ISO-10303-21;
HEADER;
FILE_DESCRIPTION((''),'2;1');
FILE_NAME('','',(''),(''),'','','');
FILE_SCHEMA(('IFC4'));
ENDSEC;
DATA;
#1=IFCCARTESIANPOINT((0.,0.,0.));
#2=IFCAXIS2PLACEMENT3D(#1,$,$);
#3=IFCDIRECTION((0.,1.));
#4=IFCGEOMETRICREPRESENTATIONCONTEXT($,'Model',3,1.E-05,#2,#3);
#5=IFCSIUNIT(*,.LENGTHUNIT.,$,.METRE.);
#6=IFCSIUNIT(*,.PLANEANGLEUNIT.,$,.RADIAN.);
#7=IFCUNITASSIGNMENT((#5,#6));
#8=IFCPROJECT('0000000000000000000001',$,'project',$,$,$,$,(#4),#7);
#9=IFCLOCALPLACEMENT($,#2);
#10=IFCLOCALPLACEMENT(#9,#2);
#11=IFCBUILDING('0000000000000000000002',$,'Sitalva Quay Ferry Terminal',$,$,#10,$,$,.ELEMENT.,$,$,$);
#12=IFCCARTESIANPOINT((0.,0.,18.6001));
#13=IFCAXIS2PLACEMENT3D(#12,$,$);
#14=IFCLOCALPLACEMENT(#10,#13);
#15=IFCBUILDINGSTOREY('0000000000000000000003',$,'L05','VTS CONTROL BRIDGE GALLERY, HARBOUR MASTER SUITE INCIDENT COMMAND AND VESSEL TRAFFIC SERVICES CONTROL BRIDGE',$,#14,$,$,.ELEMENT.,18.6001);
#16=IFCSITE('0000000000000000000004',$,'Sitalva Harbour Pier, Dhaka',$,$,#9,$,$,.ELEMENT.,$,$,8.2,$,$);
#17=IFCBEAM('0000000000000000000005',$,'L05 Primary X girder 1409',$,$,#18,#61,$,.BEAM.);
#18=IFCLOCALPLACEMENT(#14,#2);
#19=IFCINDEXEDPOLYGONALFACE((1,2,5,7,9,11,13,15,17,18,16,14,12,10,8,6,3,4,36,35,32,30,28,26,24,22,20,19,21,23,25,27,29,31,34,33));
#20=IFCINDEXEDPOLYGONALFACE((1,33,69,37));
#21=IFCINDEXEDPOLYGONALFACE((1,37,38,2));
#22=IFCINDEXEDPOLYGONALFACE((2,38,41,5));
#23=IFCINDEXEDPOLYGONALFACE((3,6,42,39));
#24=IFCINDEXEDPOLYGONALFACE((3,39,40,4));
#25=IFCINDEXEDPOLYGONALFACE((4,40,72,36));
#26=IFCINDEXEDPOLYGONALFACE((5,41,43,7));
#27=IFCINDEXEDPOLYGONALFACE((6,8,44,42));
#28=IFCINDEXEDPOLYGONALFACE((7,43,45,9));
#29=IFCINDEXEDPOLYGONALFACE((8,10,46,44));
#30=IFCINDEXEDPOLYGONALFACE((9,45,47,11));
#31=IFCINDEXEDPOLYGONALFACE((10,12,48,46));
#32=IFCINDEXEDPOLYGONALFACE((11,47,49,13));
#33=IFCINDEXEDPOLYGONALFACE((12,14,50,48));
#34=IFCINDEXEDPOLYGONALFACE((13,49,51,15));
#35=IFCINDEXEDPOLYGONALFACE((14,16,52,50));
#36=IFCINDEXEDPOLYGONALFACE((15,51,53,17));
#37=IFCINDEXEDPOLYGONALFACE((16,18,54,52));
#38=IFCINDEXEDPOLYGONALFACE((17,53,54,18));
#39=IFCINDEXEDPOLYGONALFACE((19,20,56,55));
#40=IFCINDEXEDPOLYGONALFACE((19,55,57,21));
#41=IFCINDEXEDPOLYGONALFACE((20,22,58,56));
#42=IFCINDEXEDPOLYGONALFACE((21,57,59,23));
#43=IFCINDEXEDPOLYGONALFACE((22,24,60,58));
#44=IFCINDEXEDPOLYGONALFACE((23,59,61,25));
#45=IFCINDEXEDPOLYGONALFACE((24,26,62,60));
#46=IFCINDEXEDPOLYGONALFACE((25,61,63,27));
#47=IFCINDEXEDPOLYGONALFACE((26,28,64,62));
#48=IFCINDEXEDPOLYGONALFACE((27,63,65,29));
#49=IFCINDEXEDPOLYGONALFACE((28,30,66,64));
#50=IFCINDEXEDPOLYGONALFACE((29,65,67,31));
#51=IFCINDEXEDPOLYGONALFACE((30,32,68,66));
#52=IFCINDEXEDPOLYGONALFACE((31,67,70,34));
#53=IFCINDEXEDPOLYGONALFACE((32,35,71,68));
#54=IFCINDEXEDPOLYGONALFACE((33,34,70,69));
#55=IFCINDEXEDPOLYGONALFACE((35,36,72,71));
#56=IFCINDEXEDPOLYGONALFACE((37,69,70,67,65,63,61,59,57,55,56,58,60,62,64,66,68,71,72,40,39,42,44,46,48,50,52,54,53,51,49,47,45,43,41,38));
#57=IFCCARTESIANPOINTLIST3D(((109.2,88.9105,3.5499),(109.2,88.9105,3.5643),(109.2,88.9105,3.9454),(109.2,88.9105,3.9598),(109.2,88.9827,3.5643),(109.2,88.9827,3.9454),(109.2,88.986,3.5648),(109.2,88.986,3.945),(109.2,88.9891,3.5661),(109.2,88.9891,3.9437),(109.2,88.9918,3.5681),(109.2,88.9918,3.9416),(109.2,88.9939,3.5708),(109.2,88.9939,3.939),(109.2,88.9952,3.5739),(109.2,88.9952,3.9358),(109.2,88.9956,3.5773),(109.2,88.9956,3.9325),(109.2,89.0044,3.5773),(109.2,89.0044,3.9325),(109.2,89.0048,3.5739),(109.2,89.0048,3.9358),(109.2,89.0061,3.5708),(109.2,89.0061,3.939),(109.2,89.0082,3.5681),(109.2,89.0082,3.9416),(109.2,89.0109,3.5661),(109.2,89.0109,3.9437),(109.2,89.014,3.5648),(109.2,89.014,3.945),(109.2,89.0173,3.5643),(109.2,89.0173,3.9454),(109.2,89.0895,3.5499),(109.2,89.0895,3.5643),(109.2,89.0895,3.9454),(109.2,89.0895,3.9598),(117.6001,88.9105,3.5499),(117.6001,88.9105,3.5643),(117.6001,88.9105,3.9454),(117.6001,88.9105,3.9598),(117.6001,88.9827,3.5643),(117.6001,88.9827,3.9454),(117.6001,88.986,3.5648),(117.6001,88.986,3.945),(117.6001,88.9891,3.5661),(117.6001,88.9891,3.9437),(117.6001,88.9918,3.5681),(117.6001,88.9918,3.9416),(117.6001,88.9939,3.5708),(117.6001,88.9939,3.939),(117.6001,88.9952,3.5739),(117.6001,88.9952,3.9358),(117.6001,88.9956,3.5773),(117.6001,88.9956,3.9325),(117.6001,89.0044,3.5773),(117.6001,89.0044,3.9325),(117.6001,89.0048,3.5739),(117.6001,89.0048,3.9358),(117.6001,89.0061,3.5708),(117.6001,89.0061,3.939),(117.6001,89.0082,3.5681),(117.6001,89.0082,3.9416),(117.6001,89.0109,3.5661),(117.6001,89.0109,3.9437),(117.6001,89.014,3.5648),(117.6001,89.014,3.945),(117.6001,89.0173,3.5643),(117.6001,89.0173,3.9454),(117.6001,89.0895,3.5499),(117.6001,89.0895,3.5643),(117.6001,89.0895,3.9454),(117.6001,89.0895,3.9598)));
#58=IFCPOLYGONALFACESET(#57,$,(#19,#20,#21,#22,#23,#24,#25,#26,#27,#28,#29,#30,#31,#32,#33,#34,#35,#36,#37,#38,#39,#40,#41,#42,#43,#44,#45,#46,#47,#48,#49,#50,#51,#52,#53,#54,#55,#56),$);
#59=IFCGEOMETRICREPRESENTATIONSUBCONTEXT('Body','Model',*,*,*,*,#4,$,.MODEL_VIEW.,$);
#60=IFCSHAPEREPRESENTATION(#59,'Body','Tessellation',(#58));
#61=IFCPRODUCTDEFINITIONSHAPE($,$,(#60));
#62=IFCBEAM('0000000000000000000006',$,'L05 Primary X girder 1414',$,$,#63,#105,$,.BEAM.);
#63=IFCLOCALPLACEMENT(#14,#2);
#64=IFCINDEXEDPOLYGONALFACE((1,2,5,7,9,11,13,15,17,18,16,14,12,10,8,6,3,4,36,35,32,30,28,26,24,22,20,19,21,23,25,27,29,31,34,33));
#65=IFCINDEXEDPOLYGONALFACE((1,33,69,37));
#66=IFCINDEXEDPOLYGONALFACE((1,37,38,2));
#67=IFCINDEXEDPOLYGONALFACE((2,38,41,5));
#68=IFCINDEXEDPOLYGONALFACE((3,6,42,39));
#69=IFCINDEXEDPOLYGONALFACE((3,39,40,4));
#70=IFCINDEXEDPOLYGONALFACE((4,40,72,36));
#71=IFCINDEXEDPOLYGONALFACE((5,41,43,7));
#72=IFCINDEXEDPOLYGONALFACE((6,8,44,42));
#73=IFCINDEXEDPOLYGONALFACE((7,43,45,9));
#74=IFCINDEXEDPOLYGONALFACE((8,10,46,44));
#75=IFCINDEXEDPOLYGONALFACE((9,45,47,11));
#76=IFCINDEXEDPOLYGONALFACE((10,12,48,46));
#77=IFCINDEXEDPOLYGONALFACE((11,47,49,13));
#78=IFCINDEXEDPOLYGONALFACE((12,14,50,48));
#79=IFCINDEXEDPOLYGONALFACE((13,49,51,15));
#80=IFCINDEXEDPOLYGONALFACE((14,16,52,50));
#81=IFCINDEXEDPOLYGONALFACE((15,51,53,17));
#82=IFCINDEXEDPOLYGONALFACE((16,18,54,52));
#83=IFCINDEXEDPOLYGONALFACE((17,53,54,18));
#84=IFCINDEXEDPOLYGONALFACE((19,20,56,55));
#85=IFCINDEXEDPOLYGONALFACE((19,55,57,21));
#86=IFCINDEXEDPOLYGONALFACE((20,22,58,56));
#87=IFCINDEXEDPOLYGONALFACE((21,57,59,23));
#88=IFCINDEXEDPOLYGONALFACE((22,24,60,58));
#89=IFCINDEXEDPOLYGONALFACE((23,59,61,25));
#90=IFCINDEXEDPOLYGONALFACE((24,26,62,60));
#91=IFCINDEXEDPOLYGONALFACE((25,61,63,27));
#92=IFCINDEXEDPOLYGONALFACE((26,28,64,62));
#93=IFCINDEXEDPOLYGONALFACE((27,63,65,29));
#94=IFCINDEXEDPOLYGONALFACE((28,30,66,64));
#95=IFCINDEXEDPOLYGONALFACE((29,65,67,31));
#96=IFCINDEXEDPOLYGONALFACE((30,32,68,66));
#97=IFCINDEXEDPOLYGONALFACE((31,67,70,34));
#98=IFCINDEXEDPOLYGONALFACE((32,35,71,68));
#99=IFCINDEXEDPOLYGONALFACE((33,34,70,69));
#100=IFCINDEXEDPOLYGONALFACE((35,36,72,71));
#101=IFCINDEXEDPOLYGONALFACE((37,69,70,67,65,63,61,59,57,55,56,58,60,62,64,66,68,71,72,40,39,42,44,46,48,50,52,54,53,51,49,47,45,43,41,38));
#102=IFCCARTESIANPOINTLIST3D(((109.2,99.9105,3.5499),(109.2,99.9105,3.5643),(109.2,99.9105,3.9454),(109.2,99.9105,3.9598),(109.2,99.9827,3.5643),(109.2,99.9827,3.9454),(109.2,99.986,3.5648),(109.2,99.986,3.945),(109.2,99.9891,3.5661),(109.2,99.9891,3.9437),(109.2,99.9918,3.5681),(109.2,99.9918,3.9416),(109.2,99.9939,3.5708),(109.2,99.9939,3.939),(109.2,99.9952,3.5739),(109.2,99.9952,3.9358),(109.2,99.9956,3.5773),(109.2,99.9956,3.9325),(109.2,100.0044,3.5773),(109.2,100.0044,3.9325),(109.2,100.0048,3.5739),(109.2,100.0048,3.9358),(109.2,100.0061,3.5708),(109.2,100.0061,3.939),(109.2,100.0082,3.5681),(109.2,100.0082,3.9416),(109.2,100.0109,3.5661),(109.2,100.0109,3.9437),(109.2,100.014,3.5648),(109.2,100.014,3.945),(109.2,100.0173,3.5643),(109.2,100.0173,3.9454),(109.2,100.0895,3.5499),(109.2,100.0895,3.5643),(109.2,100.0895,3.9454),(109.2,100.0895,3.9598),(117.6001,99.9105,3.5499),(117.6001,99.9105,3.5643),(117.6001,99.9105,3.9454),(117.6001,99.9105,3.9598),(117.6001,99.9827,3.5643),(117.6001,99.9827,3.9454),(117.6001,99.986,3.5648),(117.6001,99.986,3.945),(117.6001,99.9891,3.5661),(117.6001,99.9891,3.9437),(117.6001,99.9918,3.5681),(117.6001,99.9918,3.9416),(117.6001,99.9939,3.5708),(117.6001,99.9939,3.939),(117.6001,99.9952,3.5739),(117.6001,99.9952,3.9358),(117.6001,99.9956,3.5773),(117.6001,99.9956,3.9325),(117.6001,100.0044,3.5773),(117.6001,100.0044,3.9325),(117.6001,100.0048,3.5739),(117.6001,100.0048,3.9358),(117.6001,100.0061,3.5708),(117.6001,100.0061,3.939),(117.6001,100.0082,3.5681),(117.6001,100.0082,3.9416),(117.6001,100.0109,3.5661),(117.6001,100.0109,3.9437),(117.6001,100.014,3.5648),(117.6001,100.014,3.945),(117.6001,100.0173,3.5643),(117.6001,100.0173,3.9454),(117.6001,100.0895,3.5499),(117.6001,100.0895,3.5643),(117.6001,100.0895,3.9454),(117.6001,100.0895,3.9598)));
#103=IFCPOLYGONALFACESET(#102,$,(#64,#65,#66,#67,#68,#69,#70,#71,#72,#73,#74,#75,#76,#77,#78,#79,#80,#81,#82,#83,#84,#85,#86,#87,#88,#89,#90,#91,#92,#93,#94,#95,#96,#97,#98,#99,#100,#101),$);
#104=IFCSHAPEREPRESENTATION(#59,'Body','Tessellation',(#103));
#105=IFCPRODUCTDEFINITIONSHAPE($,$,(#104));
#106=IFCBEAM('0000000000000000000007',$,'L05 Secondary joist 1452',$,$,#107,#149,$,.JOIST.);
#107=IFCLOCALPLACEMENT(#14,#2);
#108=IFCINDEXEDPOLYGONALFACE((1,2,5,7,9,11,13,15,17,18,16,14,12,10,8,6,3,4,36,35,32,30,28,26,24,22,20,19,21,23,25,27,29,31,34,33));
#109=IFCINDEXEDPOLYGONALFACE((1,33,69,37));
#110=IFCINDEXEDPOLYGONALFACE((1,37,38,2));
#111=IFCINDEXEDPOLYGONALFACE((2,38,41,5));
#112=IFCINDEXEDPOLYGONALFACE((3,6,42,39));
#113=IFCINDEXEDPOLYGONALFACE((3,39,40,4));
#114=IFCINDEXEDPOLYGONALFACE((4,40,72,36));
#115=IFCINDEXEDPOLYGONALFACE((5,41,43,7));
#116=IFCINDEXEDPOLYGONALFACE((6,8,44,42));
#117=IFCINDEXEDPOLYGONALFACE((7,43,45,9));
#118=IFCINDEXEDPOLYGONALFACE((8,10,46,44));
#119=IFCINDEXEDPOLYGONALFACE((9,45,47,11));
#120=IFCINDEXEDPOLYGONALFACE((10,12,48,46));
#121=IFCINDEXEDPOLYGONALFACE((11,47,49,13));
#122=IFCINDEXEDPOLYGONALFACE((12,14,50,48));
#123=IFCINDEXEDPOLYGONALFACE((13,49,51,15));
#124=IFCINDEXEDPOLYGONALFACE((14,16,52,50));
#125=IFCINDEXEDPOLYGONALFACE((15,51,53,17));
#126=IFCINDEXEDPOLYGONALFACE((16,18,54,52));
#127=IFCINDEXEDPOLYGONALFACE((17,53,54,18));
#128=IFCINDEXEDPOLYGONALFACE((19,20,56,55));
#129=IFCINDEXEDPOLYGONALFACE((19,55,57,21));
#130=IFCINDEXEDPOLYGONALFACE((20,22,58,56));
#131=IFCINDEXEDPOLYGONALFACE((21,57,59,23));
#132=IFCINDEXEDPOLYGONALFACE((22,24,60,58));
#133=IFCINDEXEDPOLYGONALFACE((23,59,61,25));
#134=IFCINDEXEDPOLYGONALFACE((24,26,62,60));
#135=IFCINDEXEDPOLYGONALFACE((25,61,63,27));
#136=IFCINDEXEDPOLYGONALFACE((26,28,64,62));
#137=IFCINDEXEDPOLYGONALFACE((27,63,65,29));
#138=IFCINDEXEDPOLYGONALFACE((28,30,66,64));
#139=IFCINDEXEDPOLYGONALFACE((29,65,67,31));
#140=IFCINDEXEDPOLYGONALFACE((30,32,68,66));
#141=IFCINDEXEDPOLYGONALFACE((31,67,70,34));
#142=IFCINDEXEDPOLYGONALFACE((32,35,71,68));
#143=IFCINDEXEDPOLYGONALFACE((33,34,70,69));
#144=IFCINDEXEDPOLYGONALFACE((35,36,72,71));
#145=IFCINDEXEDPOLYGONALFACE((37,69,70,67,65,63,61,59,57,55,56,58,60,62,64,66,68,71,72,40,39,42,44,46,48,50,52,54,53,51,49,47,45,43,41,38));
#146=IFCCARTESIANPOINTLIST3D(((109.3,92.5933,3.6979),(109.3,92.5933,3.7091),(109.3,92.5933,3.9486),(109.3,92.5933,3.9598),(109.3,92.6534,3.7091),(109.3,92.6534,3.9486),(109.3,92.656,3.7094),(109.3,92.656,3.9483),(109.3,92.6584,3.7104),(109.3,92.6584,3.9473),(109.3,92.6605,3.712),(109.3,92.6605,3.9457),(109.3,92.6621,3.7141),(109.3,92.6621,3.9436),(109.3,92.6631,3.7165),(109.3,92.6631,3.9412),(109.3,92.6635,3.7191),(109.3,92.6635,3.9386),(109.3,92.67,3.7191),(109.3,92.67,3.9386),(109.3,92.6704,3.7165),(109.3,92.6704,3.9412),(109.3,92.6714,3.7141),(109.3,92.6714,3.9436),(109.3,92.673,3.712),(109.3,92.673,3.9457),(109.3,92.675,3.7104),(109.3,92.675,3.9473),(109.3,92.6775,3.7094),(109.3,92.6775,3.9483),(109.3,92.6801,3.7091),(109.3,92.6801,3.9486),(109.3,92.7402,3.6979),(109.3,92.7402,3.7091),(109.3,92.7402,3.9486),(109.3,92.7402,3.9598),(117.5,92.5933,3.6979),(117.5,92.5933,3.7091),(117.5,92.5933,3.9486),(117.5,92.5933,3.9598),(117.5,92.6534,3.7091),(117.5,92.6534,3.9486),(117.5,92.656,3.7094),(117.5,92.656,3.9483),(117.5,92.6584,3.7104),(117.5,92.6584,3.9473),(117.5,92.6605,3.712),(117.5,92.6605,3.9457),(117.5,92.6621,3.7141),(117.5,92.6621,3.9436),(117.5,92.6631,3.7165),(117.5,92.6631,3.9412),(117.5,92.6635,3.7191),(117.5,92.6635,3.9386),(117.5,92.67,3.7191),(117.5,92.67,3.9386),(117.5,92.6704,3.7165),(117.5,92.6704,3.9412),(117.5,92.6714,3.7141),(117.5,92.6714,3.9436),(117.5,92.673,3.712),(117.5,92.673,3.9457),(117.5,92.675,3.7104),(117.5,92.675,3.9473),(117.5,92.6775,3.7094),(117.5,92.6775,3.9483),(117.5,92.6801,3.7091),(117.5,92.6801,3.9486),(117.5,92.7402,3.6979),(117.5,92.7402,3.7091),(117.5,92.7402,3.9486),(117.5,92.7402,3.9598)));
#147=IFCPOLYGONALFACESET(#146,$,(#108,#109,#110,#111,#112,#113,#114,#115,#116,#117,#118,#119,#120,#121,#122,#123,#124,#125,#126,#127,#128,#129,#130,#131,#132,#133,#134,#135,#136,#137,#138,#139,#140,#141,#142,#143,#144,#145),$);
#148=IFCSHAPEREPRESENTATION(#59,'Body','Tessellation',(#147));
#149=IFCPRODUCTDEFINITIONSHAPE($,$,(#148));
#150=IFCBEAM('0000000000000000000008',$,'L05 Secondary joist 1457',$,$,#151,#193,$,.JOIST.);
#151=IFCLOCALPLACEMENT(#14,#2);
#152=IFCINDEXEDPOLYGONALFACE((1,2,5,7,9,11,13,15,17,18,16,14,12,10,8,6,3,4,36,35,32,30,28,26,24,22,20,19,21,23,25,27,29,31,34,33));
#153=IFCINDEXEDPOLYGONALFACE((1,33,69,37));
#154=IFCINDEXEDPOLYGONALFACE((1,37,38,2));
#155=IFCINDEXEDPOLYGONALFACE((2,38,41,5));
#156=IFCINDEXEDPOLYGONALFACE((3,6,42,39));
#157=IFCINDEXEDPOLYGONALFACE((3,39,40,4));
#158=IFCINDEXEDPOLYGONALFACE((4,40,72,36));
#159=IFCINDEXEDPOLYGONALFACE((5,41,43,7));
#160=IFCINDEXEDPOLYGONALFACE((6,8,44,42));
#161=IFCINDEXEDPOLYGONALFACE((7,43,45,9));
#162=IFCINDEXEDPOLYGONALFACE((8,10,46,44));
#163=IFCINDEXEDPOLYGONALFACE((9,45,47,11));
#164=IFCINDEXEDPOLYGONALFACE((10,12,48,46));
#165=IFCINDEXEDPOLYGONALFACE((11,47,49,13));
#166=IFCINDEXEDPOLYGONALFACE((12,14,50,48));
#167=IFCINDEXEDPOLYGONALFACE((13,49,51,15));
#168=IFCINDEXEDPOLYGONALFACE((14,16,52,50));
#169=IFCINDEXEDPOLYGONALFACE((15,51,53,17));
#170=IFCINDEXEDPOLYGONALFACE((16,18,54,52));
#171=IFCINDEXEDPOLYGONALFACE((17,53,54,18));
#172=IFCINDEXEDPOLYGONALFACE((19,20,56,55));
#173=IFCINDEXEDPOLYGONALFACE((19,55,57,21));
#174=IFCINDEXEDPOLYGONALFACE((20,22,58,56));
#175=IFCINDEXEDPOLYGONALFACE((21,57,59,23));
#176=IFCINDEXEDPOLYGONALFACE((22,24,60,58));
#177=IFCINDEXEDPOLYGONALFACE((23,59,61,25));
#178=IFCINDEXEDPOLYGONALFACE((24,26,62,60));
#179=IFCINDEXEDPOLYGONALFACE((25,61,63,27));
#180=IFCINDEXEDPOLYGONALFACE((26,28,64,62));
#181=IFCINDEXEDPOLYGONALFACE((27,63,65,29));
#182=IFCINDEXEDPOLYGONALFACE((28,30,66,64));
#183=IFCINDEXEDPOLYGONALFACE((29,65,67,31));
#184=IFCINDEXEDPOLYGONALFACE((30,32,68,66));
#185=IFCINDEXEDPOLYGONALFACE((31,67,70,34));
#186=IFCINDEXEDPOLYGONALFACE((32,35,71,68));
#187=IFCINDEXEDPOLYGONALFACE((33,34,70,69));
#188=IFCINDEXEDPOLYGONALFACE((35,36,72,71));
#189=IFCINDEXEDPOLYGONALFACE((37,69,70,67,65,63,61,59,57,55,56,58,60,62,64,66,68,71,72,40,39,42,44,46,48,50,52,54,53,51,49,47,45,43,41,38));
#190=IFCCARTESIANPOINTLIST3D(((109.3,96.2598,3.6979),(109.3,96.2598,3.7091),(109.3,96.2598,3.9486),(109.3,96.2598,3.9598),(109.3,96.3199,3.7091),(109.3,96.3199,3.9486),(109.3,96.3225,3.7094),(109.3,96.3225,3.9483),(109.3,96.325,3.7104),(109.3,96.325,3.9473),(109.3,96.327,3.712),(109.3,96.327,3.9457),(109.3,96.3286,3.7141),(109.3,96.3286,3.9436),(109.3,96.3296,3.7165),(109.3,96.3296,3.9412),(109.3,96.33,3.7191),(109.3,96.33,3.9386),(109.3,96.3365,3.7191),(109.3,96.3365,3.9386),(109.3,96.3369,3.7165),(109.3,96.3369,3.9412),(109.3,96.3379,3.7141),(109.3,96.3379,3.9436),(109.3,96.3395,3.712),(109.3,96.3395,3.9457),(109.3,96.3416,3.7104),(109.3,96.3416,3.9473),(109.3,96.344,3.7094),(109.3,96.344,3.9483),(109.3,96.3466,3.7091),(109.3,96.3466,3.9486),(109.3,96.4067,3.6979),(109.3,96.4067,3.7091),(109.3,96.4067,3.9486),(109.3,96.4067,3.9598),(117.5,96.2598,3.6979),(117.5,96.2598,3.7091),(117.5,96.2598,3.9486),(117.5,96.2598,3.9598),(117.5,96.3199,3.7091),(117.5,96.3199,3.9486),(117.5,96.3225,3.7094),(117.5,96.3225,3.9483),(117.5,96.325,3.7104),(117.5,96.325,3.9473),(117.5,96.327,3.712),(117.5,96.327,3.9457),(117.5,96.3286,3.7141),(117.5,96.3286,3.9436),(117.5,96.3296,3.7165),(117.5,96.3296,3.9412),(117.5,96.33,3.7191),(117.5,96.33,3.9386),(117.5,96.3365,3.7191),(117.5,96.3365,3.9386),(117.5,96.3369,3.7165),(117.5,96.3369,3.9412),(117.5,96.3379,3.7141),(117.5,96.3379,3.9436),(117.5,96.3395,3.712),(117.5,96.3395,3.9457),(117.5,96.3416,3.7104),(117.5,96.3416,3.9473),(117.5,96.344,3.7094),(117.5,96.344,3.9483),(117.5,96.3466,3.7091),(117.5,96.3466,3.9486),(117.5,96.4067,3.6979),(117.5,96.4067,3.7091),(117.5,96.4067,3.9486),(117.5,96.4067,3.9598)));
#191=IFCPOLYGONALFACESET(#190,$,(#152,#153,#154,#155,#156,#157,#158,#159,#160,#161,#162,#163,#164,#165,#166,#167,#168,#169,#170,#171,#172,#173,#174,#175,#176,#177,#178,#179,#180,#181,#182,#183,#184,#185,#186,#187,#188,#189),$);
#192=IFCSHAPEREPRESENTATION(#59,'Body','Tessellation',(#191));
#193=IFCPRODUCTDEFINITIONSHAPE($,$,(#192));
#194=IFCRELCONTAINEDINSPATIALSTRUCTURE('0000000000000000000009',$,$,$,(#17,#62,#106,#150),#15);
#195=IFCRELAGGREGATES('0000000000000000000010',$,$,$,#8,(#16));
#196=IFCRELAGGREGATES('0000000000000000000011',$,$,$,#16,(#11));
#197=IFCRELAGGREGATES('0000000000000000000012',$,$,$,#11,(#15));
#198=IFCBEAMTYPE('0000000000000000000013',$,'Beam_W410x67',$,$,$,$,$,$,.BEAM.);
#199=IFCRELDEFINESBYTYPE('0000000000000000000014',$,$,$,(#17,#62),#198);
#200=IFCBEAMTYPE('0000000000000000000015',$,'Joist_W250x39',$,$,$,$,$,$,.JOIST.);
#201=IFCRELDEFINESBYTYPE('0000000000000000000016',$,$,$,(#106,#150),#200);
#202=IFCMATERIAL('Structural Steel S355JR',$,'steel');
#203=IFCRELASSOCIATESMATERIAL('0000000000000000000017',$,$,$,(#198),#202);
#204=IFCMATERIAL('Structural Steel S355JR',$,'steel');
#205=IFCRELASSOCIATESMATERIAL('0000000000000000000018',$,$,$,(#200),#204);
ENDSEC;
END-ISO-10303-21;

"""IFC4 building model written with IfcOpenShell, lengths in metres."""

from ifc_helpers import new_model, si_unit, direction, frame, origin, origin_2d, place, context, subcontext, project, spatial, i_section, extrude, material, material_profile, profile_set, type_object, element, save


model = new_model("IFC4")

# Units and contexts
model_context = context("Model", 3, precision=1e-05, world=origin(), true_north=direction((0.0, 1.0)))
body_context = subcontext(model_context, "Body", "Model", "MODEL_VIEW")
ifc_project = project(units=[si_unit("LENGTHUNIT", "METRE"), si_unit("PLANEANGLEUNIT", "RADIAN")], contexts=[model_context])

# Site, building, storey
site_placement = place(None, origin())
site = spatial("IfcSite", under=ifc_project, at=site_placement, Name="Sitalva Harbour Pier, Dhaka", CompositionType="ELEMENT", RefElevation=8.2)
building_placement = place(site_placement, origin())
building = spatial("IfcBuilding", under=site, at=building_placement, Name="Sitalva Quay Ferry Terminal", CompositionType="ELEMENT")
storey_placement = place(building_placement, frame((0.0, 0.0, 18.6001)))
storey = spatial("IfcBuildingStorey", under=building, at=storey_placement, Name="L05", Description="VTS CONTROL BRIDGE GALLERY, HARBOUR MASTER SUITE INCIDENT COMMAND AND VESSEL TRAFFIC SERVICES CONTROL BRIDGE", CompositionType="ELEMENT", Elevation=18.6001)

# Beams
ifc_material_1 = material(Name="Structural Steel S355JR", Category="steel")
ifc_material_profile_1 = material_profile(ifc_material_1, i_section(OverallWidth=0.179, OverallDepth=0.4099, WebThickness=0.0088, FlangeThickness=0.0144, FilletRadius=0.0129, at=origin_2d()), Name="W410x67")
ifc_profile_set_1 = profile_set([ifc_material_profile_1], Name="Structural Steel S355JR")
beam_type_1 = type_object("IfcBeamType", Name="Beam_W410x67", PredefinedType="BEAM", material=ifc_profile_set_1)
for number, where, z_axis, x_axis, name in (
    (1, (109.2, 89.0, 3.7549), (1.0, 0.0, 0.0), (0.0, 1.0, 0.0), "L05 Primary X girder 1409"),
    (2, (109.2, 100.0, 3.7549), (1.0, 0.0, 0.0), (0.0, 1.0, 0.0), "L05 Primary X girder 1414"),
):
    element("IfcBeam", number, at=place(storey_placement, frame(where, z_axis=z_axis, x_axis=x_axis)), inside=storey, type_object=beam_type_1, Name=name, PredefinedType="BEAM", context=body_context, shape_type="SweptSolid", body=[
        extrude(i_section(OverallWidth=0.179, OverallDepth=0.4099, WebThickness=0.0088, FlangeThickness=0.0144, FilletRadius=0.0129, at=origin_2d()), origin(), (0.0, 0.0, 1.0), 8.4001),
    ])
ifc_material_2 = material(Name="Structural Steel S355JR", Category="steel")
ifc_material_profile_2 = material_profile(ifc_material_2, i_section(OverallWidth=0.147, OverallDepth=0.262, WebThickness=0.0066, FlangeThickness=0.0112, FilletRadius=0.01, at=origin_2d()), Name="W250x39")
ifc_profile_set_2 = profile_set([ifc_material_profile_2], Name="Structural Steel S355JR")
beam_type_2 = type_object("IfcBeamType", Name="Joist_W250x39", PredefinedType="JOIST", material=ifc_profile_set_2)
for number, where, z_axis, x_axis, name in (
    (3, (109.3, 92.6667, 3.8289), (1.0, 0.0, 0.0), (0.0, 1.0, 0.0), "L05 Secondary joist 1452"),
    (4, (109.3, 96.3333, 3.8289), (1.0, 0.0, 0.0), (0.0, 1.0, 0.0), "L05 Secondary joist 1457"),
):
    element("IfcBeam", number, at=place(storey_placement, frame(where, z_axis=z_axis, x_axis=x_axis)), inside=storey, type_object=beam_type_2, Name=name, PredefinedType="JOIST", context=body_context, shape_type="SweptSolid", body=[
        extrude(i_section(OverallWidth=0.147, OverallDepth=0.262, WebThickness=0.0066, FlangeThickness=0.0112, FilletRadius=0.01, at=origin_2d()), origin(), (0.0, 0.0, 1.0), 8.2),
    ])

save(model, "model.ifc")
